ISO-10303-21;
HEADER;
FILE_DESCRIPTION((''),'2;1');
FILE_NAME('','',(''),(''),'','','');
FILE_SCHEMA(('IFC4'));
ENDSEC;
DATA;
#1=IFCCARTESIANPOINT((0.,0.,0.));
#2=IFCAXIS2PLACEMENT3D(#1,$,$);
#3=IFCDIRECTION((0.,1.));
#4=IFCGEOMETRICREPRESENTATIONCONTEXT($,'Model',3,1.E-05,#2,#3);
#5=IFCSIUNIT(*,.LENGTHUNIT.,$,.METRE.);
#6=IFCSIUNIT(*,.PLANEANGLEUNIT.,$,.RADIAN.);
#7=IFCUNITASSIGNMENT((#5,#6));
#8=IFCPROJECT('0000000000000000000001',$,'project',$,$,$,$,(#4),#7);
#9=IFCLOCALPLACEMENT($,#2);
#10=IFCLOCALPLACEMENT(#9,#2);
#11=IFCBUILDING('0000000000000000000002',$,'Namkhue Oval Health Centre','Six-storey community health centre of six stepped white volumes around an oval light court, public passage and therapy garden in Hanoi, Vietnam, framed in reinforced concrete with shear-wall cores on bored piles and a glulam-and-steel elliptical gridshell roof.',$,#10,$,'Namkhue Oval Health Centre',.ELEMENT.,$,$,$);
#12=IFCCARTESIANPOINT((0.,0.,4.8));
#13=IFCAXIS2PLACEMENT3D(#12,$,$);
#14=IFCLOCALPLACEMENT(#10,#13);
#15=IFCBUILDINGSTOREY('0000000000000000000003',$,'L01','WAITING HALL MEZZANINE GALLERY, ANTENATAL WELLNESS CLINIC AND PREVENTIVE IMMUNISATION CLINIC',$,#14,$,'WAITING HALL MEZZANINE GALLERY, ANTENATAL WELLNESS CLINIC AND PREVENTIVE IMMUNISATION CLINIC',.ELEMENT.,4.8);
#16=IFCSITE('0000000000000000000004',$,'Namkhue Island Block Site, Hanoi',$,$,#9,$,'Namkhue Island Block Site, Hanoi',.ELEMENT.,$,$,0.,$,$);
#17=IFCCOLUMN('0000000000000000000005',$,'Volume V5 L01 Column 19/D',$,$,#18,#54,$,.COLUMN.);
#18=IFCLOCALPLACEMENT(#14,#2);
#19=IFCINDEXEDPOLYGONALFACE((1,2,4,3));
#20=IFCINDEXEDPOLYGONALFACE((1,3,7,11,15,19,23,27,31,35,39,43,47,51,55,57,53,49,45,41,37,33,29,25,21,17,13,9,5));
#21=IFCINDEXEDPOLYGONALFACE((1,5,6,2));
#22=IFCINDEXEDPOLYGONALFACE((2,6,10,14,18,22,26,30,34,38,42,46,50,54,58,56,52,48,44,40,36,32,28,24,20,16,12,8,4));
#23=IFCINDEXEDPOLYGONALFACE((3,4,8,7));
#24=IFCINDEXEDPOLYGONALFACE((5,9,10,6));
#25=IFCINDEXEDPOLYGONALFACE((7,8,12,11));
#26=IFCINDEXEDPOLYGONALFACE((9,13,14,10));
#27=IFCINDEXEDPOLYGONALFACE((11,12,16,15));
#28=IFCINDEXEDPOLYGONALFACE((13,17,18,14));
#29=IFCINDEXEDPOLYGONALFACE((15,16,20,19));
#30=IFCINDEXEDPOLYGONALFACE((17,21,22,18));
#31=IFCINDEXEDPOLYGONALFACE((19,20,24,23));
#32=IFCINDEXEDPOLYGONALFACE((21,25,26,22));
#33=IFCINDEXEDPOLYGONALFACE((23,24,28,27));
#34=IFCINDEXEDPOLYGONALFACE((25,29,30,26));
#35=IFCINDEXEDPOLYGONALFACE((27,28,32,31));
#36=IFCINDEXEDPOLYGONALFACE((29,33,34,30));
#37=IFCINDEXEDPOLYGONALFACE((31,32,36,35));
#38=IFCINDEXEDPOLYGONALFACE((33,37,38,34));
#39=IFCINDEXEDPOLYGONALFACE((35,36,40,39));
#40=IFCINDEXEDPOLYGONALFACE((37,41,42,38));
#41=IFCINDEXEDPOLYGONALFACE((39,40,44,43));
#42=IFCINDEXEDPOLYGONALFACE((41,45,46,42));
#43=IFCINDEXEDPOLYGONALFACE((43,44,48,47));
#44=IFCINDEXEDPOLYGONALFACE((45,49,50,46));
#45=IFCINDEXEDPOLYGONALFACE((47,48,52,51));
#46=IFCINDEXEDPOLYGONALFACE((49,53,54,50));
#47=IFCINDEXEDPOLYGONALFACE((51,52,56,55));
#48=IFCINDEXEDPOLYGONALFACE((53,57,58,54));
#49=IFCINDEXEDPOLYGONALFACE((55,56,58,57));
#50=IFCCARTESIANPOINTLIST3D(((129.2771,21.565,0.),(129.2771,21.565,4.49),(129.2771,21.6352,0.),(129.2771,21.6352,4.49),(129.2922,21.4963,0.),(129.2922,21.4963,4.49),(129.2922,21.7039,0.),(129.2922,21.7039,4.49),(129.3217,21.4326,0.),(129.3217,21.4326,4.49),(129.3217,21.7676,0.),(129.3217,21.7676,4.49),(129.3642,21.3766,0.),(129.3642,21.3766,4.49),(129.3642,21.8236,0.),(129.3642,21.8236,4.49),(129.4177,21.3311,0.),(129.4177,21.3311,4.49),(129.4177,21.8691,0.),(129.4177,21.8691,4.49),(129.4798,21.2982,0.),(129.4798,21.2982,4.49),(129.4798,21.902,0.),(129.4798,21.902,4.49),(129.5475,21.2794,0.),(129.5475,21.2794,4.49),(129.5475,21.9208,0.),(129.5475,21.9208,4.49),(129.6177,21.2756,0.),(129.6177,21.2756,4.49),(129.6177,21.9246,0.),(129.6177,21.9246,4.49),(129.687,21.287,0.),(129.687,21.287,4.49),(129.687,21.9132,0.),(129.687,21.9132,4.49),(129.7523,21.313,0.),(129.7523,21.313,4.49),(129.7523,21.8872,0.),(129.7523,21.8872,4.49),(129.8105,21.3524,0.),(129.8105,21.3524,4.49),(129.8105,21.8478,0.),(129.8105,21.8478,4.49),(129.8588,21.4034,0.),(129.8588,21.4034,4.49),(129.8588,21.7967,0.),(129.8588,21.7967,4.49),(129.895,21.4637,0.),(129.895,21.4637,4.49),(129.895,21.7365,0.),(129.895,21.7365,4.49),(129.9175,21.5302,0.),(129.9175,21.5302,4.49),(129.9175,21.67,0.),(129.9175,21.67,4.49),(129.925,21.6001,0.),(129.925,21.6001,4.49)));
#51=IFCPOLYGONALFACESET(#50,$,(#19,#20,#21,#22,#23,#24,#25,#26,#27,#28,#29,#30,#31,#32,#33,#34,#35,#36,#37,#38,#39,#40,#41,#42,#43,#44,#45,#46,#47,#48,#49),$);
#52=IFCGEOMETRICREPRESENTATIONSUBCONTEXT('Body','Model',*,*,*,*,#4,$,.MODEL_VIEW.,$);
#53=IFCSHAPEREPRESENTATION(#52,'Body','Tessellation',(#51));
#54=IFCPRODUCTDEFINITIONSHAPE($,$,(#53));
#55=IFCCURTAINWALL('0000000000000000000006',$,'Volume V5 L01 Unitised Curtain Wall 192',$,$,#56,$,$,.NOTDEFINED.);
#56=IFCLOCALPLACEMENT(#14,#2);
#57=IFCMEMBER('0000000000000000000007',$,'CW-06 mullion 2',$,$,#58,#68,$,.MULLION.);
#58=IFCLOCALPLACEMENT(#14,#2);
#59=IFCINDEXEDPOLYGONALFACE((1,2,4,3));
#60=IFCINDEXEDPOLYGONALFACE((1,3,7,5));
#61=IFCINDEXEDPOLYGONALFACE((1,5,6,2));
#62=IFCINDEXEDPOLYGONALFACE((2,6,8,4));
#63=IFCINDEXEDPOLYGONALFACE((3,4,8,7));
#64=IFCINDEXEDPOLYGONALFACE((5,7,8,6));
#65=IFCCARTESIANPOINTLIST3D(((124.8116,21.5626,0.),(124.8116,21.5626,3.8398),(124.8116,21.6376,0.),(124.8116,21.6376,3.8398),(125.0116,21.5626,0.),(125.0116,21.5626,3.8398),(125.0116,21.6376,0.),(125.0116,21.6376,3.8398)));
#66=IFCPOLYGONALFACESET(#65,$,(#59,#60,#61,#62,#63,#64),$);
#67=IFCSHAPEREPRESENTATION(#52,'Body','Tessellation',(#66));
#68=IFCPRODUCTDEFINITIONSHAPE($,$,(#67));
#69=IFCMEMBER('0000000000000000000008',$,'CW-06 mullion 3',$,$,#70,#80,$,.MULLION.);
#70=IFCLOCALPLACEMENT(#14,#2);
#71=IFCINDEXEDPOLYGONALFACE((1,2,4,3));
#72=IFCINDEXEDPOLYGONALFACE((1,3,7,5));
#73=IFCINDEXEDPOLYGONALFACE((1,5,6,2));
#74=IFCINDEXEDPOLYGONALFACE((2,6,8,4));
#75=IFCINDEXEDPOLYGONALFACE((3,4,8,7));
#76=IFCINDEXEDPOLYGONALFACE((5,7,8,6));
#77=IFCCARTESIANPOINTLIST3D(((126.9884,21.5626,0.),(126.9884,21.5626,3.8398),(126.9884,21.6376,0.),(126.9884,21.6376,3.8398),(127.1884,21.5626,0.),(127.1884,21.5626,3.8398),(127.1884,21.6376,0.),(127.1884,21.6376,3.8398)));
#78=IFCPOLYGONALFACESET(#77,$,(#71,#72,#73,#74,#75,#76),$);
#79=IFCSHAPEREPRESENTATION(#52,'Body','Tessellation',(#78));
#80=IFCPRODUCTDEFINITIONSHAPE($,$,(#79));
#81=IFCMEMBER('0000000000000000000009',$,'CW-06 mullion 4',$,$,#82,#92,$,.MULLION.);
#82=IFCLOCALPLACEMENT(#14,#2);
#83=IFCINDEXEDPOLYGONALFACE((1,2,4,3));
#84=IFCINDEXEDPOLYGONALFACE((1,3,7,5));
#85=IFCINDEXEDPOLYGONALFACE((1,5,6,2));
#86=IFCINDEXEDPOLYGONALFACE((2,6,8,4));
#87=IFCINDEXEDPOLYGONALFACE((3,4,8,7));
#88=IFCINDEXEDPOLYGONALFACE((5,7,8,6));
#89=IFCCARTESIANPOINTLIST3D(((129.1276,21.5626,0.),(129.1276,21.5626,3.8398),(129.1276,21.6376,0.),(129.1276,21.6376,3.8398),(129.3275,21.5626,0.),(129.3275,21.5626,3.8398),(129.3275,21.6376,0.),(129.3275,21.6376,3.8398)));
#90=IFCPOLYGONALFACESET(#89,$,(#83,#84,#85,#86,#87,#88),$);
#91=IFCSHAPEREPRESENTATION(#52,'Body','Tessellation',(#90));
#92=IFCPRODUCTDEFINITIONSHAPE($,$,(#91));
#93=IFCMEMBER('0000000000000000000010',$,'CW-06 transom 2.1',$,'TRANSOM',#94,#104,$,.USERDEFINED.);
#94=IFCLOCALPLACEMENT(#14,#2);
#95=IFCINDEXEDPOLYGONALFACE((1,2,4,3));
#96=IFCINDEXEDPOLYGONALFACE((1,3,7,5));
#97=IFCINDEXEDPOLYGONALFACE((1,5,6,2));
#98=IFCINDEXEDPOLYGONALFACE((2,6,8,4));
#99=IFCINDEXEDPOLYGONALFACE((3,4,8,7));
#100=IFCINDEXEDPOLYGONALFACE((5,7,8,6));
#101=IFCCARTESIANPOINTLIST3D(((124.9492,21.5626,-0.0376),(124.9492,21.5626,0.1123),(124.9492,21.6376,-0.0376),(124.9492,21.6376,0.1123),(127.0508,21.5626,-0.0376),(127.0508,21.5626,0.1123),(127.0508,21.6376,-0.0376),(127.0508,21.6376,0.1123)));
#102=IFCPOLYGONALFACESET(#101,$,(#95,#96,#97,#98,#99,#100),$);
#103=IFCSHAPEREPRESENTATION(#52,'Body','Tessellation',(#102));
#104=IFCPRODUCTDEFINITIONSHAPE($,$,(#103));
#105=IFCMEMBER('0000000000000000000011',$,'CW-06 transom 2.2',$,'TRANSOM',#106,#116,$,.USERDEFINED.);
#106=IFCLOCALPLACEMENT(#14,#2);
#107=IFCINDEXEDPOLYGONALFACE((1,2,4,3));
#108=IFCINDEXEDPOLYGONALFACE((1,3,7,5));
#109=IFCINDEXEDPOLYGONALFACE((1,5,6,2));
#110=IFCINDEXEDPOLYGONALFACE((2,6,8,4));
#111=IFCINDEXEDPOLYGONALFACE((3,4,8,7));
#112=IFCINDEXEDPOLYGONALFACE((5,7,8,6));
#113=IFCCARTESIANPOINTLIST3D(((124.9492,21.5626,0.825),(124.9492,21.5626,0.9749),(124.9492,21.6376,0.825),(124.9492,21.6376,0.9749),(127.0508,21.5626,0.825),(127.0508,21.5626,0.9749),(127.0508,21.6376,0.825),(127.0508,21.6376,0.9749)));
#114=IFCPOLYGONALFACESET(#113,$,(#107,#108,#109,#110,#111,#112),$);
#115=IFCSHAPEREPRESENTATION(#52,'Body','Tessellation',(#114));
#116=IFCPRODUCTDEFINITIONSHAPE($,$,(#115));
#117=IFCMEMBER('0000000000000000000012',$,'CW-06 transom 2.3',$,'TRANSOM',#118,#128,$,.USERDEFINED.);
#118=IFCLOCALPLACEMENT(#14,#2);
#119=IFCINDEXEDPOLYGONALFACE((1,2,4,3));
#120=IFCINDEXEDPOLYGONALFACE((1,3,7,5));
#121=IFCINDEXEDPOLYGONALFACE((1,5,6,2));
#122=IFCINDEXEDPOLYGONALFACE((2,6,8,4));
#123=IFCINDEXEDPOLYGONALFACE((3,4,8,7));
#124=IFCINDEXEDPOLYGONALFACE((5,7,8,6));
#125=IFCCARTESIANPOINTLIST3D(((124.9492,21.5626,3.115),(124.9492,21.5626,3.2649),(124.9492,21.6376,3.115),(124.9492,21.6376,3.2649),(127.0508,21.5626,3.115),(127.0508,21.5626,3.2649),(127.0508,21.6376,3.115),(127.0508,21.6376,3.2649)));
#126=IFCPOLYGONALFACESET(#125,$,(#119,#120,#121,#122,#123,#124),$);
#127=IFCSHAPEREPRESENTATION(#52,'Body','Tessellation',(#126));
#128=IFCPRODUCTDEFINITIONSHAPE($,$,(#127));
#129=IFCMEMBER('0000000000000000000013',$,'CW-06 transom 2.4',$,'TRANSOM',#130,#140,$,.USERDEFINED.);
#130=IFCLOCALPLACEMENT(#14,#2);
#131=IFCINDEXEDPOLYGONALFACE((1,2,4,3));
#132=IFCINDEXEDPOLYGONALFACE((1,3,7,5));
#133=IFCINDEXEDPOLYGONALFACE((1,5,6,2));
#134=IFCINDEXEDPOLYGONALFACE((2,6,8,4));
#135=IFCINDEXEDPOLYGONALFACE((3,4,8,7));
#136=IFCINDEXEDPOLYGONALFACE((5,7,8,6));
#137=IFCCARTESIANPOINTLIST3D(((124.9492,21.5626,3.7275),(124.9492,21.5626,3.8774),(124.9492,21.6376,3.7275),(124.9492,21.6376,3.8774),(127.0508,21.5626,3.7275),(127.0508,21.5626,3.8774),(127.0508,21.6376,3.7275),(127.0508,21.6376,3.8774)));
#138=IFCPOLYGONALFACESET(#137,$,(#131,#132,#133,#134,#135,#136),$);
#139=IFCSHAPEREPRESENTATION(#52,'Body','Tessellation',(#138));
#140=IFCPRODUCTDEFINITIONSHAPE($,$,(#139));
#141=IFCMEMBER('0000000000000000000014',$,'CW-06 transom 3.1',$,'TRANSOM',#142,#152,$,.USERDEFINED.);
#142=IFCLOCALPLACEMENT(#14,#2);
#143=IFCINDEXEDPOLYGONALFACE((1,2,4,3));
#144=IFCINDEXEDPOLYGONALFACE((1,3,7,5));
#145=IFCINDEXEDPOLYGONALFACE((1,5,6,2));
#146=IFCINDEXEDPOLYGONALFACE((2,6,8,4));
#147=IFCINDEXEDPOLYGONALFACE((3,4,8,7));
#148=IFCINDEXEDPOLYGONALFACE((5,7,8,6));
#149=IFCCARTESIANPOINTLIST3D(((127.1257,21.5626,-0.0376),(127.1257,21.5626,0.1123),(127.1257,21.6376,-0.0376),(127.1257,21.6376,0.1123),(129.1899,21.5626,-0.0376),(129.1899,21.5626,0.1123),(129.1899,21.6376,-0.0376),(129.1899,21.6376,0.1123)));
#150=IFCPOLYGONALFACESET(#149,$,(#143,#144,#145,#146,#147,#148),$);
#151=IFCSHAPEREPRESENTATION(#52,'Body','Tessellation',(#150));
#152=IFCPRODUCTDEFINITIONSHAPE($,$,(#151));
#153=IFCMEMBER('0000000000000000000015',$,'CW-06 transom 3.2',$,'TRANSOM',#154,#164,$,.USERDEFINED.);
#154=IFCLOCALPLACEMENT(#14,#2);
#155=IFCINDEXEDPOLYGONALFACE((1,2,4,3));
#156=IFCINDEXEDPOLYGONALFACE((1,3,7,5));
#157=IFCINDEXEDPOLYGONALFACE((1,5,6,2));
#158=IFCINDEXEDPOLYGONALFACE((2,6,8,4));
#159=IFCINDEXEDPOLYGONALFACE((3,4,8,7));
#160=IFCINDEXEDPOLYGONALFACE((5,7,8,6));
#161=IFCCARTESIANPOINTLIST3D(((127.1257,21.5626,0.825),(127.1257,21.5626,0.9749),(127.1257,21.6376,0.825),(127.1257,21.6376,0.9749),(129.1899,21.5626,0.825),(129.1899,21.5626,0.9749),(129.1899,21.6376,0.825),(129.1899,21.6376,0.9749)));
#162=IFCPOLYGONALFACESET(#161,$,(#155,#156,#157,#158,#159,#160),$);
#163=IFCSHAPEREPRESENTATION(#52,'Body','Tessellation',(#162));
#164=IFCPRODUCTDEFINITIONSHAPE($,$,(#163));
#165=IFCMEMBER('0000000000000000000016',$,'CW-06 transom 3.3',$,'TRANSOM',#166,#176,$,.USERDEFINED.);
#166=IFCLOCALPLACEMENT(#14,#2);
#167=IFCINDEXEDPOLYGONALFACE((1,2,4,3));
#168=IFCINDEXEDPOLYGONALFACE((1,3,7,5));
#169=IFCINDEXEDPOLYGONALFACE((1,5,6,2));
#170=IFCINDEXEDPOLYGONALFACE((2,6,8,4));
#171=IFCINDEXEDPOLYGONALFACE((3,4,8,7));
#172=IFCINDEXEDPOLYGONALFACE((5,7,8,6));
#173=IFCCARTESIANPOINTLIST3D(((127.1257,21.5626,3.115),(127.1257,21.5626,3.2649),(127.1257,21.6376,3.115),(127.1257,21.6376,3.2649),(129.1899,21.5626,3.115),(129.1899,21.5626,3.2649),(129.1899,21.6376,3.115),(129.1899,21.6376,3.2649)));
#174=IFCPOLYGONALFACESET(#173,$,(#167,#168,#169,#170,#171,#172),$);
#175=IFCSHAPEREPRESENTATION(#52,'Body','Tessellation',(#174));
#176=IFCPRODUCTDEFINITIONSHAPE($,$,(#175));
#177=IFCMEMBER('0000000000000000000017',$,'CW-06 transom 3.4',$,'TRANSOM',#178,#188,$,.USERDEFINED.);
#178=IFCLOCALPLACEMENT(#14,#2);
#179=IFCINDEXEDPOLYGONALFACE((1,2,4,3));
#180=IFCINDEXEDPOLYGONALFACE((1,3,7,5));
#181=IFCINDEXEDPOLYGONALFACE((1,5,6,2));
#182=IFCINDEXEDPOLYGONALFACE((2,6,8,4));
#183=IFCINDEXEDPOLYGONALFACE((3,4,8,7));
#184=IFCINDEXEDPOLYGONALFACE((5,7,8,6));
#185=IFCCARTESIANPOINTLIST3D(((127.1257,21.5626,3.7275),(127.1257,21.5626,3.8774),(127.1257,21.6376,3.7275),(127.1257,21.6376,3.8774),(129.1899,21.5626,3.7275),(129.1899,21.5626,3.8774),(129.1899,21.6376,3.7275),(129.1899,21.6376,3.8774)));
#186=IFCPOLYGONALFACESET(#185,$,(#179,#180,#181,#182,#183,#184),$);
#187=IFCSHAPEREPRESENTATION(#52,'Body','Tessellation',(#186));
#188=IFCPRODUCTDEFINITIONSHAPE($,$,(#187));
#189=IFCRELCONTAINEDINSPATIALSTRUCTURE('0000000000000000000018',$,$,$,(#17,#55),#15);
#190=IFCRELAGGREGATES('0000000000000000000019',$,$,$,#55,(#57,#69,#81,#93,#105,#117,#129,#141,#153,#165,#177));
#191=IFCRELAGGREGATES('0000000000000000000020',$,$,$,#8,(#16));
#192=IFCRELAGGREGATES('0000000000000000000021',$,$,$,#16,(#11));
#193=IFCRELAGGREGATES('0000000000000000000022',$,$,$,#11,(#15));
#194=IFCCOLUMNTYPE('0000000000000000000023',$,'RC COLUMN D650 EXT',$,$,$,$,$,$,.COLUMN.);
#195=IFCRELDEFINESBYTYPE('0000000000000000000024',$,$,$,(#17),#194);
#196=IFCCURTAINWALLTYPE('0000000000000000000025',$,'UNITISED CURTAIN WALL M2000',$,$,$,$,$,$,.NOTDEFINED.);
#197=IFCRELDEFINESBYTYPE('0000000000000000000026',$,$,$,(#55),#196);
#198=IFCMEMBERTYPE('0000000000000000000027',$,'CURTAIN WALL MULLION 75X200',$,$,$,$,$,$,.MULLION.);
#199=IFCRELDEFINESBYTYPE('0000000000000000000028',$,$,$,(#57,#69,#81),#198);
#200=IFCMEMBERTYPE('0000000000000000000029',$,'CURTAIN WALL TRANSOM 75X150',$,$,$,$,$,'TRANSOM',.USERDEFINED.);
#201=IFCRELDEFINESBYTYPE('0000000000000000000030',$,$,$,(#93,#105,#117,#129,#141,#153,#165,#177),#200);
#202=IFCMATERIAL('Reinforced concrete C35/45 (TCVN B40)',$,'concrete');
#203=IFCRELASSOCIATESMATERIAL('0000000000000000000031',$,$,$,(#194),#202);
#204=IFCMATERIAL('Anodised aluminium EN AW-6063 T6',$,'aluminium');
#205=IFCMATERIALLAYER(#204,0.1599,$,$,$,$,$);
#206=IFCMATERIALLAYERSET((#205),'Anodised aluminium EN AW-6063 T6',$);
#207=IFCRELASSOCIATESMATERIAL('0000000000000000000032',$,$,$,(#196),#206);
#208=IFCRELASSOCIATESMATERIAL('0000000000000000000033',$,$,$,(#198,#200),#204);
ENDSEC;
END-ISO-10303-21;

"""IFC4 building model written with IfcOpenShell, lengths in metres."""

from ifc_helpers import new_model, si_unit, direction, frame, origin, origin_2d, place, context, subcontext, project, spatial, rectangle, circle, extrude, material, layer, layer_set, material_profile, profile_set, type_object, element, aggregate, save


model = new_model("IFC4")

# Units and contexts
model_context = context("Model", 3, precision=1e-05, world=origin(), true_north=direction((0.0, 1.0)))
body_context = subcontext(model_context, "Body", "Model", "MODEL_VIEW")
ifc_project = project(units=[si_unit("LENGTHUNIT", "METRE"), si_unit("PLANEANGLEUNIT", "RADIAN")], contexts=[model_context])

# Site, building, storey
site_placement = place(None, origin())
site = spatial("IfcSite", under=ifc_project, at=site_placement, Name="Namkhue Island Block Site, Hanoi", LongName="Namkhue Island Block Site, Hanoi", CompositionType="ELEMENT", RefElevation=0.0)
building_placement = place(site_placement, origin())
building = spatial("IfcBuilding", under=site, at=building_placement, Name="Namkhue Oval Health Centre", Description="Six-storey community health centre of six stepped white volumes around an oval light court, public passage and therapy garden in Hanoi, Vietnam, framed in reinforced concrete with shear-wall cores on bored piles and a glulam-and-steel elliptical gridshell roof.", LongName="Namkhue Oval Health Centre", CompositionType="ELEMENT")
storey_placement = place(building_placement, frame((0.0, 0.0, 4.8)))
storey = spatial("IfcBuildingStorey", under=building, at=storey_placement, Name="L01", Description="WAITING HALL MEZZANINE GALLERY, ANTENATAL WELLNESS CLINIC AND PREVENTIVE IMMUNISATION CLINIC", LongName="WAITING HALL MEZZANINE GALLERY, ANTENATAL WELLNESS CLINIC AND PREVENTIVE IMMUNISATION CLINIC", CompositionType="ELEMENT", Elevation=4.8)

# Column
ifc_material_1 = material(Name="Reinforced concrete C35/45 (TCVN B40)", Category="concrete")
ifc_material_profile_1 = material_profile(ifc_material_1, circle(Radius=0.325, at=origin_2d()), Name="RC D650")
ifc_profile_set_1 = profile_set([ifc_material_profile_1], Name="Reinforced concrete C35/45 (TCVN B40)")
column_type = type_object("IfcColumnType", Name="RC COLUMN D650 EXT", PredefinedType="COLUMN", material=ifc_profile_set_1)
column_placement = place(storey_placement, frame((129.6001, 21.6001, 0.0), z_axis=(0.0, 0.0, 1.0), x_axis=(1.0, 0.0, 0.0)))
element("IfcColumn", 1, at=column_placement, inside=storey, type_object=column_type, Name="Volume V5 L01 Column 19/D", PredefinedType="COLUMN", context=body_context, shape_type="SweptSolid", body=[
    extrude(circle(Radius=0.325, at=origin_2d()), origin(), (0.0, 0.0, 1.0), 4.49),
])

# Curtain wall, members
ifc_material_2 = material(Name="Anodised aluminium EN AW-6063 T6", Category="aluminium")
ifc_layer_1 = layer(ifc_material_2, 0.1599)
ifc_layer_set_1 = layer_set([ifc_layer_1], Name="Anodised aluminium EN AW-6063 T6")
curtain_wall_type_1 = type_object("IfcCurtainWallType", Name="UNITISED CURTAIN WALL M2000", PredefinedType="NOTDEFINED", material=ifc_layer_set_1)
curtain_wall_1_placement = place(storey_placement, origin())
curtain_wall_1 = element("IfcCurtainWall", 2, at=curtain_wall_1_placement, inside=storey, type_object=curtain_wall_type_1, Name="Volume V5 L01 Unitised Curtain Wall 192", PredefinedType="NOTDEFINED")
ifc_material_profile_2 = material_profile(ifc_material_2, rectangle(XDim=0.075, YDim=0.2, at=origin_2d()), Name="ALU 75x200")
ifc_profile_set_2 = profile_set([ifc_material_profile_2], Name="Anodised aluminium EN AW-6063 T6")
member_type_1 = type_object("IfcMemberType", Name="CURTAIN WALL MULLION 75X200", PredefinedType="MULLION", material=ifc_profile_set_2)
member_1_placement = place(storey_placement, frame((124.9116, 21.6001, 0.0), z_axis=(0.0, 0.0, 1.0), x_axis=(0.0, 1.0, 0.0)))
member_1 = element("IfcMember", 3, at=member_1_placement, type_object=member_type_1, Name="CW-06 mullion 2", PredefinedType="MULLION", context=body_context, shape_type="SweptSolid", body=[
    extrude(rectangle(XDim=0.075, YDim=0.2, at=origin_2d()), origin(), (0.0, 0.0, 1.0), 3.8398),
])
member_2_placement = place(storey_placement, frame((127.0884, 21.6001, 0.0), z_axis=(0.0, 0.0, 1.0), x_axis=(0.0, 1.0, 0.0)))
member_2 = element("IfcMember", 4, at=member_2_placement, type_object=member_type_1, Name="CW-06 mullion 3", PredefinedType="MULLION", context=body_context, shape_type="SweptSolid", body=[
    extrude(rectangle(XDim=0.075, YDim=0.2, at=origin_2d()), origin(), (0.0, 0.0, 1.0), 3.8398),
])
member_3_placement = place(storey_placement, frame((129.2275, 21.6001, 0.0), z_axis=(0.0, 0.0, 1.0), x_axis=(0.0, 1.0, 0.0)))
member_3 = element("IfcMember", 5, at=member_3_placement, type_object=member_type_1, Name="CW-06 mullion 4", PredefinedType="MULLION", context=body_context, shape_type="SweptSolid", body=[
    extrude(rectangle(XDim=0.075, YDim=0.2, at=origin_2d()), origin(), (0.0, 0.0, 1.0), 3.8398),
])
ifc_material_profile_3 = material_profile(ifc_material_2, rectangle(XDim=0.075, YDim=0.1499, at=origin_2d()), Name="ALU 75x150")
ifc_profile_set_3 = profile_set([ifc_material_profile_3], Name="Anodised aluminium EN AW-6063 T6")
member_type_2 = type_object("IfcMemberType", Name="CURTAIN WALL TRANSOM 75X150", ElementType="TRANSOM", PredefinedType="USERDEFINED", material=ifc_profile_set_3)
member_4_placement = place(storey_placement, frame((124.9492, 21.6001, 0.0374), z_axis=(1.0, 0.0, 0.0), x_axis=(0.0, 1.0, 0.0)))
member_4 = element("IfcMember", 6, at=member_4_placement, type_object=member_type_2, Name="CW-06 transom 2.1", ObjectType="TRANSOM", PredefinedType="USERDEFINED", context=body_context, shape_type="SweptSolid", body=[
    extrude(rectangle(XDim=0.075, YDim=0.1499, at=origin_2d()), origin(), (0.0, 0.0, 1.0), 2.1016),
])
member_5_placement = place(storey_placement, frame((124.9492, 21.6001, 0.8999), z_axis=(1.0, 0.0, 0.0), x_axis=(0.0, 1.0, 0.0)))
member_5 = element("IfcMember", 7, at=member_5_placement, type_object=member_type_2, Name="CW-06 transom 2.2", ObjectType="TRANSOM", PredefinedType="USERDEFINED", context=body_context, shape_type="SweptSolid", body=[
    extrude(rectangle(XDim=0.075, YDim=0.1499, at=origin_2d()), origin(), (0.0, 0.0, 1.0), 2.1016),
])
member_6_placement = place(storey_placement, frame((124.9492, 21.6001, 3.1899), z_axis=(1.0, 0.0, 0.0), x_axis=(0.0, 1.0, 0.0)))
member_6 = element("IfcMember", 8, at=member_6_placement, type_object=member_type_2, Name="CW-06 transom 2.3", ObjectType="TRANSOM", PredefinedType="USERDEFINED", context=body_context, shape_type="SweptSolid", body=[
    extrude(rectangle(XDim=0.075, YDim=0.1499, at=origin_2d()), origin(), (0.0, 0.0, 1.0), 2.1016),
])
member_7_placement = place(storey_placement, frame((124.9492, 21.6001, 3.8025), z_axis=(1.0, 0.0, 0.0), x_axis=(0.0, 1.0, 0.0)))
member_7 = element("IfcMember", 9, at=member_7_placement, type_object=member_type_2, Name="CW-06 transom 2.4", ObjectType="TRANSOM", PredefinedType="USERDEFINED", context=body_context, shape_type="SweptSolid", body=[
    extrude(rectangle(XDim=0.075, YDim=0.1499, at=origin_2d()), origin(), (0.0, 0.0, 1.0), 2.1016),
])
member_8_placement = place(storey_placement, frame((127.1257, 21.6001, 0.0374), z_axis=(1.0, 0.0, 0.0), x_axis=(0.0, 1.0, 0.0)))
member_8 = element("IfcMember", 10, at=member_8_placement, type_object=member_type_2, Name="CW-06 transom 3.1", ObjectType="TRANSOM", PredefinedType="USERDEFINED", context=body_context, shape_type="SweptSolid", body=[
    extrude(rectangle(XDim=0.075, YDim=0.1499, at=origin_2d()), origin(), (0.0, 0.0, 1.0), 2.0642),
])
member_9_placement = place(storey_placement, frame((127.1257, 21.6001, 0.8999), z_axis=(1.0, 0.0, 0.0), x_axis=(0.0, 1.0, 0.0)))
member_9 = element("IfcMember", 11, at=member_9_placement, type_object=member_type_2, Name="CW-06 transom 3.2", ObjectType="TRANSOM", PredefinedType="USERDEFINED", context=body_context, shape_type="SweptSolid", body=[
    extrude(rectangle(XDim=0.075, YDim=0.1499, at=origin_2d()), origin(), (0.0, 0.0, 1.0), 2.0642),
])
member_10_placement = place(storey_placement, frame((127.1257, 21.6001, 3.1899), z_axis=(1.0, 0.0, 0.0), x_axis=(0.0, 1.0, 0.0)))
member_10 = element("IfcMember", 12, at=member_10_placement, type_object=member_type_2, Name="CW-06 transom 3.3", ObjectType="TRANSOM", PredefinedType="USERDEFINED", context=body_context, shape_type="SweptSolid", body=[
    extrude(rectangle(XDim=0.075, YDim=0.1499, at=origin_2d()), origin(), (0.0, 0.0, 1.0), 2.0642),
])
member_11_placement = place(storey_placement, frame((127.1257, 21.6001, 3.8025), z_axis=(1.0, 0.0, 0.0), x_axis=(0.0, 1.0, 0.0)))
member_11 = element("IfcMember", 13, at=member_11_placement, type_object=member_type_2, Name="CW-06 transom 3.4", ObjectType="TRANSOM", PredefinedType="USERDEFINED", context=body_context, shape_type="SweptSolid", body=[
    extrude(rectangle(XDim=0.075, YDim=0.1499, at=origin_2d()), origin(), (0.0, 0.0, 1.0), 2.0642),
])

aggregate(curtain_wall_1, [member_1, member_2, member_3, member_4, member_5, member_6, member_7, member_8, member_9, member_10, member_11])

save(model, "model.ifc")
